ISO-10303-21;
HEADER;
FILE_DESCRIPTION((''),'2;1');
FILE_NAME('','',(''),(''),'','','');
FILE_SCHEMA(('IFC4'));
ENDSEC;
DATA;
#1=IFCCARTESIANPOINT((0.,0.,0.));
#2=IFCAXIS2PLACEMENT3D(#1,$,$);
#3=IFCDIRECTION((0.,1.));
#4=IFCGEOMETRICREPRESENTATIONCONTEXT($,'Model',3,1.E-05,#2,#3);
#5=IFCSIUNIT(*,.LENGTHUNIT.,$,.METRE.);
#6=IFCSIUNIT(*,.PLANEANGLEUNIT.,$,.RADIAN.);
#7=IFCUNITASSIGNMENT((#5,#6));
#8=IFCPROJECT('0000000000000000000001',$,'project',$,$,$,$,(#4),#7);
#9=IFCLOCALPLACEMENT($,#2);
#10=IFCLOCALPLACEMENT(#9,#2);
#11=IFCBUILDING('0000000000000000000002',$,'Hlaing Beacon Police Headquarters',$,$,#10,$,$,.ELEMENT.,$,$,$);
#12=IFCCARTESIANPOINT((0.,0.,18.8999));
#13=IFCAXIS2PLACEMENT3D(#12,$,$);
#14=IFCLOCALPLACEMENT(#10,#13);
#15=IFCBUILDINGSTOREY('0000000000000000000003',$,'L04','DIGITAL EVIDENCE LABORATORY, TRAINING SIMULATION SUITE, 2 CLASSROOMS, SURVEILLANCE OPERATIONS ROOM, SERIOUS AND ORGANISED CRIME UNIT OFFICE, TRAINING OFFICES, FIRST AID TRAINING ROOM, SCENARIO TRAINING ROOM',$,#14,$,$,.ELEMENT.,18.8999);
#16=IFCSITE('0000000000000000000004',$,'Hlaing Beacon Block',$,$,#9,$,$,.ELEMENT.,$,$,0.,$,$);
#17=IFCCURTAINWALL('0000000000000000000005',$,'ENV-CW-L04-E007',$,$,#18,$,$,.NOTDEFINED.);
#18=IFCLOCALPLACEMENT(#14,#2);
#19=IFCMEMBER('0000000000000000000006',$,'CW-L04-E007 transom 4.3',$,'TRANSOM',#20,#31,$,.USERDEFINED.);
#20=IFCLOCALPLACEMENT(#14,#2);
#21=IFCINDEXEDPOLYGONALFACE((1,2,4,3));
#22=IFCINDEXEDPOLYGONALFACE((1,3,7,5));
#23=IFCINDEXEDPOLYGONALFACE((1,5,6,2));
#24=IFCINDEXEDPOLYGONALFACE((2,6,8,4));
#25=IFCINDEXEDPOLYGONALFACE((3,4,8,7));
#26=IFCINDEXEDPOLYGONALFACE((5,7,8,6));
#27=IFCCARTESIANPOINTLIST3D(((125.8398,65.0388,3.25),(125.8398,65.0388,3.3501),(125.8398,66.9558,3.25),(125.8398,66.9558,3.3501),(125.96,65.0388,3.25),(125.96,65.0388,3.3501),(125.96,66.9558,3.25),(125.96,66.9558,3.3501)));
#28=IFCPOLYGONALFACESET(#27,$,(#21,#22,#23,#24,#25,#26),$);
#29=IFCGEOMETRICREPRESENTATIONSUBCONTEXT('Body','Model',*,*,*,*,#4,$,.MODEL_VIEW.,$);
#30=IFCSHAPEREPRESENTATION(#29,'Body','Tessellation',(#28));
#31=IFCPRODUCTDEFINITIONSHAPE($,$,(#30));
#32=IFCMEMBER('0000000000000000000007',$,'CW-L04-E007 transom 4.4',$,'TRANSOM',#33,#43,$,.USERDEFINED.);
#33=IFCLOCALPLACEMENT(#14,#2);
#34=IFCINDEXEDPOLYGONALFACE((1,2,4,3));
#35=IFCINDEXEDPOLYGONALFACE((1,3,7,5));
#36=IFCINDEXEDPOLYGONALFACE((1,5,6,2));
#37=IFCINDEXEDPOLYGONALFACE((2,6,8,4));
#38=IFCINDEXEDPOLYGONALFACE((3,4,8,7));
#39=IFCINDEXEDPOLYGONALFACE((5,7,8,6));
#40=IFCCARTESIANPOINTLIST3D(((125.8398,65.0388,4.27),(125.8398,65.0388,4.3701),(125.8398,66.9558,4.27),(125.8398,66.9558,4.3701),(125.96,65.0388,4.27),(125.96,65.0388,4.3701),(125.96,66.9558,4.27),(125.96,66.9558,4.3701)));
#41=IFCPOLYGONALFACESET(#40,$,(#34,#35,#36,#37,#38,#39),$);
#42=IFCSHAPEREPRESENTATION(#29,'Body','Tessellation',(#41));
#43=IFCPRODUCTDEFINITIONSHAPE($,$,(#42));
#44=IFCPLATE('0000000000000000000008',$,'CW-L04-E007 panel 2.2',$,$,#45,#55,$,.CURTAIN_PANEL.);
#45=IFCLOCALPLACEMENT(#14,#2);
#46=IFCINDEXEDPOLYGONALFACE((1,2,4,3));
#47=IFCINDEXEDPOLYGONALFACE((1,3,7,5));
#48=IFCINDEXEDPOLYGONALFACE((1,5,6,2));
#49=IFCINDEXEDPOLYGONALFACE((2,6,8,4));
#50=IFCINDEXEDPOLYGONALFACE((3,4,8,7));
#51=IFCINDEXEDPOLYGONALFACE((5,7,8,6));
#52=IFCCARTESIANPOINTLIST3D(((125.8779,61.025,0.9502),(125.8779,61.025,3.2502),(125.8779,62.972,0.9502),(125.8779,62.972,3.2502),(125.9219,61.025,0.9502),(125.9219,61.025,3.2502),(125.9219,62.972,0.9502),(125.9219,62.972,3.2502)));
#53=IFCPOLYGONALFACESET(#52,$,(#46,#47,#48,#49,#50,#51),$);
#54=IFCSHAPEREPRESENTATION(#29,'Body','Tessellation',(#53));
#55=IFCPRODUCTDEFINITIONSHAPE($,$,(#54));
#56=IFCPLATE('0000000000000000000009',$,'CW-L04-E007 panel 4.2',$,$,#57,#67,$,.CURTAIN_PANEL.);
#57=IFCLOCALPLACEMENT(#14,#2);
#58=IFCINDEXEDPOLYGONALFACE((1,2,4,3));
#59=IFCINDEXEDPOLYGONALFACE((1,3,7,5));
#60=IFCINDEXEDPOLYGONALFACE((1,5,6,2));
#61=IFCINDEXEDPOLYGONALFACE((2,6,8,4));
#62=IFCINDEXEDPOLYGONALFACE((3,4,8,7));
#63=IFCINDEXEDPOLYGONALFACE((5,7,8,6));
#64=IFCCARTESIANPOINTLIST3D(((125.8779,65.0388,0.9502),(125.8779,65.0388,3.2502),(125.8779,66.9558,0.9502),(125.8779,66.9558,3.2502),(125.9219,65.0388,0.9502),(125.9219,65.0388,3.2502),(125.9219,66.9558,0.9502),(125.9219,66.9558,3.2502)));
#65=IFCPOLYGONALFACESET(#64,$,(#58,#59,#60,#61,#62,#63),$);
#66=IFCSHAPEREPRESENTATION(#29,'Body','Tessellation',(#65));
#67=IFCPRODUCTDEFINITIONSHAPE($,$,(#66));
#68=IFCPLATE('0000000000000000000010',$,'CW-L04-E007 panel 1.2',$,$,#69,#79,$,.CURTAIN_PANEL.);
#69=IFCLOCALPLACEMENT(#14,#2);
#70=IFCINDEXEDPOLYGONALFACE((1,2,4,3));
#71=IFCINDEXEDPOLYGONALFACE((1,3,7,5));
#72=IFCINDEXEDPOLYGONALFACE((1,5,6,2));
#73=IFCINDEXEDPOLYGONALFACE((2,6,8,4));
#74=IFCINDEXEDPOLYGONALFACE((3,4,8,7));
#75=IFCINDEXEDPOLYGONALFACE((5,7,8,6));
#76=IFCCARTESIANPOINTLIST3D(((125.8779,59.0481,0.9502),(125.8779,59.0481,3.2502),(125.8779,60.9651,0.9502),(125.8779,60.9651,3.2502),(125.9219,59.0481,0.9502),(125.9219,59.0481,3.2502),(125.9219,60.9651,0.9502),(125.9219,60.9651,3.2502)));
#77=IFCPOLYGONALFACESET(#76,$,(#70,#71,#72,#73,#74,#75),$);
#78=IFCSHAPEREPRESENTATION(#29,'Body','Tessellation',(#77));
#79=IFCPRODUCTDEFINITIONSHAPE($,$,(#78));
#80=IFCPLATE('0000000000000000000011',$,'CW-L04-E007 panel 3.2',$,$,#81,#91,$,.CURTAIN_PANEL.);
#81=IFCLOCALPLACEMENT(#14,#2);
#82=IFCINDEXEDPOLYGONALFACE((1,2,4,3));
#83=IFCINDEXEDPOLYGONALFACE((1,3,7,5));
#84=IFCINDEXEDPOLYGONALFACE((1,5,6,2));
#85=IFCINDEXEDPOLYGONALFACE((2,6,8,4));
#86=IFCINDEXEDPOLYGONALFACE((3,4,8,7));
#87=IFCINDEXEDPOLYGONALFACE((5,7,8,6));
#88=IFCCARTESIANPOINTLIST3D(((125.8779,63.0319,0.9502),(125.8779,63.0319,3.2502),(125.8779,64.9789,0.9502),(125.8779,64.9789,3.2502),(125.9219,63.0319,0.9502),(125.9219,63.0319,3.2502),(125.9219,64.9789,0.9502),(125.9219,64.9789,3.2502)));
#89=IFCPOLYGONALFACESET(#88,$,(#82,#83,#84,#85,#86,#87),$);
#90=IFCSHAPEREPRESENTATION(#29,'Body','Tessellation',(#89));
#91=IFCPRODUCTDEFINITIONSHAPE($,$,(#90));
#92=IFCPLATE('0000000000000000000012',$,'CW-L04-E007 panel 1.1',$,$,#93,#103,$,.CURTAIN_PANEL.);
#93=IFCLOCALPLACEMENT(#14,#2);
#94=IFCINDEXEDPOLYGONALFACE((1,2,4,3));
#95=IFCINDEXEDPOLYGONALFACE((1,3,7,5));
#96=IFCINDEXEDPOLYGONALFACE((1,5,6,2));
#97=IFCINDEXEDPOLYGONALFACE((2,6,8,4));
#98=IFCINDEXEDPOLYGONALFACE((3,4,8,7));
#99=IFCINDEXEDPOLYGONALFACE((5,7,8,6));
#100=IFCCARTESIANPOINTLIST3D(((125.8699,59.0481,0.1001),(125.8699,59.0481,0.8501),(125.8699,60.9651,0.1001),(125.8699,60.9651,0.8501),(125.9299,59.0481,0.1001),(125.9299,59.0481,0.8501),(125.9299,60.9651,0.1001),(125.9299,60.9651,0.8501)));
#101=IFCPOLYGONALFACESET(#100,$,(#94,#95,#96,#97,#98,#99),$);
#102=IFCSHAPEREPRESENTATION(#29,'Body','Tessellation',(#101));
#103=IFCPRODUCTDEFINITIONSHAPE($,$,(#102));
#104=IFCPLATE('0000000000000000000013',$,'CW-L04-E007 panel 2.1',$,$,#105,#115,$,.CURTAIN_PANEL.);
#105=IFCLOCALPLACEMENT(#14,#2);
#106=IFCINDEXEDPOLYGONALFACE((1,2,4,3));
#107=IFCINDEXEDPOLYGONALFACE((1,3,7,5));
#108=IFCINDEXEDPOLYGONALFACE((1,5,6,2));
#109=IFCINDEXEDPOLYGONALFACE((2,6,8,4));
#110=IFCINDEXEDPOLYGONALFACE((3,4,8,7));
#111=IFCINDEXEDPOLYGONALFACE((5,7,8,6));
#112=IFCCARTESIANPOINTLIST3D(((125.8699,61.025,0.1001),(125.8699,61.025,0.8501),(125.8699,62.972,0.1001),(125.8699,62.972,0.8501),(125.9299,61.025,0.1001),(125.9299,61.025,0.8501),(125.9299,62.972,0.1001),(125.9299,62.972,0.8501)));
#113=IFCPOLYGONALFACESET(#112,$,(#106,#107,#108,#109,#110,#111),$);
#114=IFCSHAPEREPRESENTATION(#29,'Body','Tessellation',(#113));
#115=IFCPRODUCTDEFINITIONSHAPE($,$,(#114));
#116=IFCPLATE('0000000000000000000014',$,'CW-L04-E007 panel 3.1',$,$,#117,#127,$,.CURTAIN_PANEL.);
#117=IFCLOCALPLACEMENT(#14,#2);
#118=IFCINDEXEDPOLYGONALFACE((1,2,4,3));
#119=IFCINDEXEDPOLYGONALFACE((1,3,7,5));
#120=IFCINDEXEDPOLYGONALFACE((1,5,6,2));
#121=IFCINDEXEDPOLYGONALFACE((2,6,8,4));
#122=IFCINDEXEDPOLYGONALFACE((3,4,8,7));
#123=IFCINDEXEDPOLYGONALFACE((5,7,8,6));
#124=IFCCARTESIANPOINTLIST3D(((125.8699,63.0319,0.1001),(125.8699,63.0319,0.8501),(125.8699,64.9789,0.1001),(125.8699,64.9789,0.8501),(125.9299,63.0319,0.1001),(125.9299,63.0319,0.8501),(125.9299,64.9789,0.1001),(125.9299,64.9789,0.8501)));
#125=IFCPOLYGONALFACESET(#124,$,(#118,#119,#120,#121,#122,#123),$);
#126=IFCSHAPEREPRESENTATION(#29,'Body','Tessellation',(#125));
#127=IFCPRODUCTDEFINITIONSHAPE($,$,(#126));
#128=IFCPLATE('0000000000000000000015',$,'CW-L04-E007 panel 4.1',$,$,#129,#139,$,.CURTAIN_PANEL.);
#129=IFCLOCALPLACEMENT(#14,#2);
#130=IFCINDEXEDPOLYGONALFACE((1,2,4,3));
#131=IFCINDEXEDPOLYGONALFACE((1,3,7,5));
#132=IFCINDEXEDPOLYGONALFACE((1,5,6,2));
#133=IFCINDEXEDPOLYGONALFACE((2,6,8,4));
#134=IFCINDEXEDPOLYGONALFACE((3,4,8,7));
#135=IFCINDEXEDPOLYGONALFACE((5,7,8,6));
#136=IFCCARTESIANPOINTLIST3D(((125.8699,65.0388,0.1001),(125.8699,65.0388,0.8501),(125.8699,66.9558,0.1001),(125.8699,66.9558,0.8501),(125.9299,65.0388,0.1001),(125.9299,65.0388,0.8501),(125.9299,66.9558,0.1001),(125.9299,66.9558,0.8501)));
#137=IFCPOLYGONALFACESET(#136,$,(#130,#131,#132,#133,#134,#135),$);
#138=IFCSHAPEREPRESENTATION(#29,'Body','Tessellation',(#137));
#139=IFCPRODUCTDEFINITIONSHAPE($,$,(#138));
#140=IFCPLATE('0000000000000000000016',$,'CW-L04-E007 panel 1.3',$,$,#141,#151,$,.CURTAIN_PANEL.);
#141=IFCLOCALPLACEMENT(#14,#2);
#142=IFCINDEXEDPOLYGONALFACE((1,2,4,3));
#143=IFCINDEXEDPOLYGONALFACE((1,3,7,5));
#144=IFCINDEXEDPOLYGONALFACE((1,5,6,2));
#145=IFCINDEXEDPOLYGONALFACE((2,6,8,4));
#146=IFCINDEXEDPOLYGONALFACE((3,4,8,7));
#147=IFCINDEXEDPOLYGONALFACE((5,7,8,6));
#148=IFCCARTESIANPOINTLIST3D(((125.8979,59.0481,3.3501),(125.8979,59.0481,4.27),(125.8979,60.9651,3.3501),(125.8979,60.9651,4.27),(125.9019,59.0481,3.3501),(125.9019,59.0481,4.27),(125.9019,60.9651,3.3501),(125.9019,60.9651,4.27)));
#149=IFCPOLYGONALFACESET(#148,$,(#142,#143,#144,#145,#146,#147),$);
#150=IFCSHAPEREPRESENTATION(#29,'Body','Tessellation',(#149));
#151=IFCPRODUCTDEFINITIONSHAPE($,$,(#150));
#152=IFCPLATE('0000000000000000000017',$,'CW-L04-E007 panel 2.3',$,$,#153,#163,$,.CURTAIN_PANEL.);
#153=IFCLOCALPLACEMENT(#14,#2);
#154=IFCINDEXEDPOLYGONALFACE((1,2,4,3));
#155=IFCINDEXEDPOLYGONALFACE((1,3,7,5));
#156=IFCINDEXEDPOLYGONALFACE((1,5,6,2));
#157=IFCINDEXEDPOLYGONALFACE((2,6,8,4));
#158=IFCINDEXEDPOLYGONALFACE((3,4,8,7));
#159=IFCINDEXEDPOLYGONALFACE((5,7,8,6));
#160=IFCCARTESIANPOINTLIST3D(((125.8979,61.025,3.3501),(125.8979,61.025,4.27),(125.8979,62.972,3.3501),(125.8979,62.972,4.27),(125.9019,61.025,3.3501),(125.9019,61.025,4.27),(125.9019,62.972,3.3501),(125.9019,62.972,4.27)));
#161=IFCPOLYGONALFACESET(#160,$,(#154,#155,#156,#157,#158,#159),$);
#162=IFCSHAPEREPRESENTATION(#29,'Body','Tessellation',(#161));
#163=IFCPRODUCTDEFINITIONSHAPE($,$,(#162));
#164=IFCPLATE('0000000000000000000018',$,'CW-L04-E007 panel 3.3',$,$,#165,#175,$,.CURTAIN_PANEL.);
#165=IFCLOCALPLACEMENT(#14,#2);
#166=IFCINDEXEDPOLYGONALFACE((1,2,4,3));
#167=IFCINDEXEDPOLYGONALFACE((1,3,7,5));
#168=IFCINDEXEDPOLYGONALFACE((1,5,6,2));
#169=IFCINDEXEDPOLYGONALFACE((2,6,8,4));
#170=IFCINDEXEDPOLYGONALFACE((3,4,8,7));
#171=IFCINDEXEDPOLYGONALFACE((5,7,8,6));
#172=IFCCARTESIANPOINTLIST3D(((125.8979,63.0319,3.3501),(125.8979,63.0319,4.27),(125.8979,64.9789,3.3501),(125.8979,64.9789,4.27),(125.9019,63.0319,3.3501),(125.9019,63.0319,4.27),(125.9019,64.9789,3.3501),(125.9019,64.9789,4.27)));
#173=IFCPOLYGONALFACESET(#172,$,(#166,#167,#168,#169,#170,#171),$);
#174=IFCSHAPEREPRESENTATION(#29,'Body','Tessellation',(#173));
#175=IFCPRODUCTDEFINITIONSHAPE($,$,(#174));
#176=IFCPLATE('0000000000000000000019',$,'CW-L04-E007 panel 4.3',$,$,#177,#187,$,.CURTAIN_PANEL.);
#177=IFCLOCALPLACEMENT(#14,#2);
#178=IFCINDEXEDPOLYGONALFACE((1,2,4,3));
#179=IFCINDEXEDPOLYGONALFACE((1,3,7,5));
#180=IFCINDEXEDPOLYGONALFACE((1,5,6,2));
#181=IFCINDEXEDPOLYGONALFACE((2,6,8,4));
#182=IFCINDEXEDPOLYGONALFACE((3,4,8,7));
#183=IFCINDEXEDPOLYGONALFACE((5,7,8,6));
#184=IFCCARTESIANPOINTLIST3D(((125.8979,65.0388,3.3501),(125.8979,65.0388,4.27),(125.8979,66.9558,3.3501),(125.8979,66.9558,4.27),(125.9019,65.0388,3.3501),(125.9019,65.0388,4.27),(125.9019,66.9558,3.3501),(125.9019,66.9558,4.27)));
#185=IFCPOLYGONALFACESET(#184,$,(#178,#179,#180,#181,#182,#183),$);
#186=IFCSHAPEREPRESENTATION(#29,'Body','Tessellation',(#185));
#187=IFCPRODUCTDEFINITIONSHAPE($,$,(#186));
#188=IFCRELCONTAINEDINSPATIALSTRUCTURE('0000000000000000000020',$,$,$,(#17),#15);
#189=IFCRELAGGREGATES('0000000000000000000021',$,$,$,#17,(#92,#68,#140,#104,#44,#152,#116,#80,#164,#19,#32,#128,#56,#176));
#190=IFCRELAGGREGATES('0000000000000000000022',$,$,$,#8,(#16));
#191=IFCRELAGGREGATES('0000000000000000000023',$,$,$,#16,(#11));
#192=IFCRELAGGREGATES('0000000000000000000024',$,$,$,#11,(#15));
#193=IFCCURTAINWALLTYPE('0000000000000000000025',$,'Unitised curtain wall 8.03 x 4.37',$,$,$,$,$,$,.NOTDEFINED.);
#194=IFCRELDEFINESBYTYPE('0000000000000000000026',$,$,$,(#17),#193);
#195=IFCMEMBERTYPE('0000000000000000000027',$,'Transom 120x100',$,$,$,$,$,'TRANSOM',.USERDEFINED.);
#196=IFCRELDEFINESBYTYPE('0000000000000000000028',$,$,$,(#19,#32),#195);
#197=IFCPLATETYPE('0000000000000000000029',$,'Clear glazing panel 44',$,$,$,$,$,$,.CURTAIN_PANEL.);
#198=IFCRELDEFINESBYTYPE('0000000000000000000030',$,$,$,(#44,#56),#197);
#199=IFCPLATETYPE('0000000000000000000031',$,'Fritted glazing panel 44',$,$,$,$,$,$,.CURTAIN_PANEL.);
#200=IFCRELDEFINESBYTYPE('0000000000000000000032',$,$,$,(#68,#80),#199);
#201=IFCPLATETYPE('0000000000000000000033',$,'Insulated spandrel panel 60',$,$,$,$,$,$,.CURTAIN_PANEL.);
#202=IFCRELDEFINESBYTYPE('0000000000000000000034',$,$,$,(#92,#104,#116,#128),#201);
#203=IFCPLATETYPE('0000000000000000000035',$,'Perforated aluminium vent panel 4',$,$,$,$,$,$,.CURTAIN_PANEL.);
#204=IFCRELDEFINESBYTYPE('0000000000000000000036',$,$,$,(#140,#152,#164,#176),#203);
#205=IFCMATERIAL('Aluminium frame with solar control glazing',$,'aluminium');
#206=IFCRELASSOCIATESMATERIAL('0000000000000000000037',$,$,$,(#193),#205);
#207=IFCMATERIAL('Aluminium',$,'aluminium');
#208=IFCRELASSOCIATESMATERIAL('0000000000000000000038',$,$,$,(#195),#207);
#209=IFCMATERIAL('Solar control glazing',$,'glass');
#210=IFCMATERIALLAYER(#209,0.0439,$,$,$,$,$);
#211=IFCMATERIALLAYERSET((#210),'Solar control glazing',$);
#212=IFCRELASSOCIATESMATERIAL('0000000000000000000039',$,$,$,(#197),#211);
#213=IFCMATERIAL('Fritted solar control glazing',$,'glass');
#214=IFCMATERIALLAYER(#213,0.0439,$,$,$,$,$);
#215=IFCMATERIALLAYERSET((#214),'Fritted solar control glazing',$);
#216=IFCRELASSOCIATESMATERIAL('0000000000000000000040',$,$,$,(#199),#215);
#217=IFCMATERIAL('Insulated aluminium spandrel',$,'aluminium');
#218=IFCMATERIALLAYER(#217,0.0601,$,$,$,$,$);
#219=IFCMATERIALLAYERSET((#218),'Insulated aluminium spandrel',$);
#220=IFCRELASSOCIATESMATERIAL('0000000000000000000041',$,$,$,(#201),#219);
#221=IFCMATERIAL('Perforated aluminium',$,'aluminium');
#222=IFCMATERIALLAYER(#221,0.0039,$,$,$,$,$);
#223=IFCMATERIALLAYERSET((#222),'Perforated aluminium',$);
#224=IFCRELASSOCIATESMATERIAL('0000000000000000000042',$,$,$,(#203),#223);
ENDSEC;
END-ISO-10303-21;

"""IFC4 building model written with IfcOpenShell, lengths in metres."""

from ifc_helpers import new_model, si_unit, direction, frame, origin, origin_2d, place, context, subcontext, project, spatial, rectangle, extrude, material, layer, layer_set, material_profile, profile_set, type_object, element, aggregate, save


model = new_model("IFC4")

# Units and contexts
model_context = context("Model", 3, precision=1e-05, world=origin(), true_north=direction((0.0, 1.0)))
body_context = subcontext(model_context, "Body", "Model", "MODEL_VIEW")
ifc_project = project(units=[si_unit("LENGTHUNIT", "METRE"), si_unit("PLANEANGLEUNIT", "RADIAN")], contexts=[model_context])

# Site, building, storey
site_placement = place(None, origin())
site = spatial("IfcSite", under=ifc_project, at=site_placement, Name="Hlaing Beacon Block", CompositionType="ELEMENT", RefElevation=0.0)
building_placement = place(site_placement, origin())
building = spatial("IfcBuilding", under=site, at=building_placement, Name="Hlaing Beacon Police Headquarters", CompositionType="ELEMENT")
storey_placement = place(building_placement, frame((0.0, 0.0, 18.8999)))
storey = spatial("IfcBuildingStorey", under=building, at=storey_placement, Name="L04", Description="DIGITAL EVIDENCE LABORATORY, TRAINING SIMULATION SUITE, 2 CLASSROOMS, SURVEILLANCE OPERATIONS ROOM, SERIOUS AND ORGANISED CRIME UNIT OFFICE, TRAINING OFFICES, FIRST AID TRAINING ROOM, SCENARIO TRAINING ROOM", CompositionType="ELEMENT", Elevation=18.8999)

# Curtain wall, members, plates
ifc_material_1 = material(Name="Aluminium frame with solar control glazing", Category="aluminium")
curtain_wall_type = type_object("IfcCurtainWallType", Name="Unitised curtain wall 8.03 x 4.37", PredefinedType="NOTDEFINED", material=ifc_material_1)
curtain_wall_placement = place(storey_placement, origin())
curtain_wall = element("IfcCurtainWall", 1, at=curtain_wall_placement, inside=storey, type_object=curtain_wall_type, Name="ENV-CW-L04-E007", PredefinedType="NOTDEFINED")
ifc_material_2 = material(Name="Aluminium", Category="aluminium")
ifc_material_profile_1 = material_profile(ifc_material_2, rectangle(XDim=0.1201, YDim=0.1001, at=origin_2d()), Name="Transom 120x100")
ifc_profile_set_1 = profile_set([ifc_material_profile_1], Name="Aluminium")
member_type_1 = type_object("IfcMemberType", Name="Transom 120x100", ElementType="TRANSOM", PredefinedType="USERDEFINED", material=ifc_profile_set_1)
member_1_placement = place(storey_placement, frame((125.8999, 65.0388, 3.3), z_axis=(0.0, 1.0, 0.0), x_axis=(-1.0, 0.0, 0.0)))
member_1 = element("IfcMember", 2, at=member_1_placement, type_object=member_type_1, Name="CW-L04-E007 transom 4.3", ObjectType="TRANSOM", PredefinedType="USERDEFINED", context=body_context, shape_type="SweptSolid", body=[
    extrude(rectangle(XDim=0.1201, YDim=0.1001, at=origin_2d()), origin(), (0.0, 0.0, 1.0), 1.917),
])
member_2_placement = place(storey_placement, frame((125.8999, 65.0388, 4.3201), z_axis=(0.0, 1.0, 0.0), x_axis=(-1.0, 0.0, 0.0)))
member_2 = element("IfcMember", 3, at=member_2_placement, type_object=member_type_1, Name="CW-L04-E007 transom 4.4", ObjectType="TRANSOM", PredefinedType="USERDEFINED", context=body_context, shape_type="SweptSolid", body=[
    extrude(rectangle(XDim=0.1201, YDim=0.1001, at=origin_2d()), origin(), (0.0, 0.0, 1.0), 1.917),
])
ifc_material_3 = material(Name="Solar control glazing", Category="glass")
ifc_layer_1 = layer(ifc_material_3, 0.0439)
ifc_layer_set_1 = layer_set([ifc_layer_1], Name="Solar control glazing")
plate_type_1 = type_object("IfcPlateType", Name="Clear glazing panel 44", PredefinedType="CURTAIN_PANEL", material=ifc_layer_set_1)
plate_1_placement = place(storey_placement, frame((125.8999, 61.9985, 0.9502), z_axis=(0.0, 0.0, 1.0), x_axis=(0.0, 1.0, 0.0)))
plate_1 = element("IfcPlate", 4, at=plate_1_placement, type_object=plate_type_1, Name="CW-L04-E007 panel 2.2", PredefinedType="CURTAIN_PANEL", context=body_context, shape_type="SweptSolid", body=[
    extrude(rectangle(XDim=1.947, YDim=0.0439, at=origin_2d()), origin(), (0.0, 0.0, 1.0), 2.3),
])
plate_2_placement = place(storey_placement, frame((125.8999, 65.9973, 0.9502), z_axis=(0.0, 0.0, 1.0), x_axis=(0.0, 1.0, 0.0)))
plate_2 = element("IfcPlate", 5, at=plate_2_placement, type_object=plate_type_1, Name="CW-L04-E007 panel 4.2", PredefinedType="CURTAIN_PANEL", context=body_context, shape_type="SweptSolid", body=[
    extrude(rectangle(XDim=1.917, YDim=0.0439, at=origin_2d()), origin(), (0.0, 0.0, 1.0), 2.3),
])
ifc_material_4 = material(Name="Fritted solar control glazing", Category="glass")
ifc_layer_2 = layer(ifc_material_4, 0.0439)
ifc_layer_set_2 = layer_set([ifc_layer_2], Name="Fritted solar control glazing")
plate_type_2 = type_object("IfcPlateType", Name="Fritted glazing panel 44", PredefinedType="CURTAIN_PANEL", material=ifc_layer_set_2)
plate_3_placement = place(storey_placement, frame((125.8999, 60.0066, 0.9502), z_axis=(0.0, 0.0, 1.0), x_axis=(0.0, 1.0, 0.0)))
plate_3 = element("IfcPlate", 6, at=plate_3_placement, type_object=plate_type_2, Name="CW-L04-E007 panel 1.2", PredefinedType="CURTAIN_PANEL", context=body_context, shape_type="SweptSolid", body=[
    extrude(rectangle(XDim=1.917, YDim=0.0439, at=origin_2d()), origin(), (0.0, 0.0, 1.0), 2.3),
])
plate_4_placement = place(storey_placement, frame((125.8999, 64.0054, 0.9502), z_axis=(0.0, 0.0, 1.0), x_axis=(0.0, 1.0, 0.0)))
plate_4 = element("IfcPlate", 7, at=plate_4_placement, type_object=plate_type_2, Name="CW-L04-E007 panel 3.2", PredefinedType="CURTAIN_PANEL", context=body_context, shape_type="SweptSolid", body=[
    extrude(rectangle(XDim=1.947, YDim=0.0439, at=origin_2d()), origin(), (0.0, 0.0, 1.0), 2.3),
])
ifc_material_5 = material(Name="Insulated aluminium spandrel", Category="aluminium")
ifc_layer_3 = layer(ifc_material_5, 0.0601)
ifc_layer_set_3 = layer_set([ifc_layer_3], Name="Insulated aluminium spandrel")
plate_type_3 = type_object("IfcPlateType", Name="Insulated spandrel panel 60", PredefinedType="CURTAIN_PANEL", material=ifc_layer_set_3)
plate_5_placement = place(storey_placement, frame((125.8999, 60.0066, 0.1001), z_axis=(0.0, 0.0, 1.0), x_axis=(0.0, 1.0, 0.0)))
plate_5 = element("IfcPlate", 8, at=plate_5_placement, type_object=plate_type_3, Name="CW-L04-E007 panel 1.1", PredefinedType="CURTAIN_PANEL", context=body_context, shape_type="SweptSolid", body=[
    extrude(rectangle(XDim=1.917, YDim=0.0601, at=origin_2d()), origin(), (0.0, 0.0, 1.0), 0.75),
])
plate_6_placement = place(storey_placement, frame((125.8999, 61.9985, 0.1001), z_axis=(0.0, 0.0, 1.0), x_axis=(0.0, 1.0, 0.0)))
plate_6 = element("IfcPlate", 9, at=plate_6_placement, type_object=plate_type_3, Name="CW-L04-E007 panel 2.1", PredefinedType="CURTAIN_PANEL", context=body_context, shape_type="SweptSolid", body=[
    extrude(rectangle(XDim=1.947, YDim=0.0601, at=origin_2d()), origin(), (0.0, 0.0, 1.0), 0.75),
])
plate_7_placement = place(storey_placement, frame((125.8999, 64.0054, 0.1001), z_axis=(0.0, 0.0, 1.0), x_axis=(0.0, 1.0, 0.0)))
plate_7 = element("IfcPlate", 10, at=plate_7_placement, type_object=plate_type_3, Name="CW-L04-E007 panel 3.1", PredefinedType="CURTAIN_PANEL", context=body_context, shape_type="SweptSolid", body=[
    extrude(rectangle(XDim=1.947, YDim=0.0601, at=origin_2d()), origin(), (0.0, 0.0, 1.0), 0.75),
])
plate_8_placement = place(storey_placement, frame((125.8999, 65.9973, 0.1001), z_axis=(0.0, 0.0, 1.0), x_axis=(0.0, 1.0, 0.0)))
plate_8 = element("IfcPlate", 11, at=plate_8_placement, type_object=plate_type_3, Name="CW-L04-E007 panel 4.1", PredefinedType="CURTAIN_PANEL", context=body_context, shape_type="SweptSolid", body=[
    extrude(rectangle(XDim=1.917, YDim=0.0601, at=origin_2d()), origin(), (0.0, 0.0, 1.0), 0.75),
])
ifc_material_6 = material(Name="Perforated aluminium", Category="aluminium")
ifc_layer_4 = layer(ifc_material_6, 0.0039)
ifc_layer_set_4 = layer_set([ifc_layer_4], Name="Perforated aluminium")
plate_type_4 = type_object("IfcPlateType", Name="Perforated aluminium vent panel 4", PredefinedType="CURTAIN_PANEL", material=ifc_layer_set_4)
plate_9_placement = place(storey_placement, frame((125.8999, 60.0066, 3.3501), z_axis=(0.0, 0.0, 1.0), x_axis=(0.0, 1.0, 0.0)))
plate_9 = element("IfcPlate", 12, at=plate_9_placement, type_object=plate_type_4, Name="CW-L04-E007 panel 1.3", PredefinedType="CURTAIN_PANEL", context=body_context, shape_type="SweptSolid", body=[
    extrude(rectangle(XDim=1.917, YDim=0.0039, at=origin_2d()), origin(), (0.0, 0.0, 1.0), 0.9199),
])
plate_10_placement = place(storey_placement, frame((125.8999, 61.9985, 3.3501), z_axis=(0.0, 0.0, 1.0), x_axis=(0.0, 1.0, 0.0)))
plate_10 = element("IfcPlate", 13, at=plate_10_placement, type_object=plate_type_4, Name="CW-L04-E007 panel 2.3", PredefinedType="CURTAIN_PANEL", context=body_context, shape_type="SweptSolid", body=[
    extrude(rectangle(XDim=1.947, YDim=0.0039, at=origin_2d()), origin(), (0.0, 0.0, 1.0), 0.9199),
])
plate_11_placement = place(storey_placement, frame((125.8999, 64.0054, 3.3501), z_axis=(0.0, 0.0, 1.0), x_axis=(0.0, 1.0, 0.0)))
plate_11 = element("IfcPlate", 14, at=plate_11_placement, type_object=plate_type_4, Name="CW-L04-E007 panel 3.3", PredefinedType="CURTAIN_PANEL", context=body_context, shape_type="SweptSolid", body=[
    extrude(rectangle(XDim=1.947, YDim=0.0039, at=origin_2d()), origin(), (0.0, 0.0, 1.0), 0.9199),
])
plate_12_placement = place(storey_placement, frame((125.8999, 65.9973, 3.3501), z_axis=(0.0, 0.0, 1.0), x_axis=(0.0, 1.0, 0.0)))
plate_12 = element("IfcPlate", 15, at=plate_12_placement, type_object=plate_type_4, Name="CW-L04-E007 panel 4.3", PredefinedType="CURTAIN_PANEL", context=body_context, shape_type="SweptSolid", body=[
    extrude(rectangle(XDim=1.917, YDim=0.0039, at=origin_2d()), origin(), (0.0, 0.0, 1.0), 0.9199),
])
aggregate(curtain_wall, [plate_5, plate_3, plate_9, plate_6, plate_1, plate_10, plate_7, plate_4, plate_11, member_1, member_2, plate_8, plate_2, plate_12])

save(model, "model.ifc")
